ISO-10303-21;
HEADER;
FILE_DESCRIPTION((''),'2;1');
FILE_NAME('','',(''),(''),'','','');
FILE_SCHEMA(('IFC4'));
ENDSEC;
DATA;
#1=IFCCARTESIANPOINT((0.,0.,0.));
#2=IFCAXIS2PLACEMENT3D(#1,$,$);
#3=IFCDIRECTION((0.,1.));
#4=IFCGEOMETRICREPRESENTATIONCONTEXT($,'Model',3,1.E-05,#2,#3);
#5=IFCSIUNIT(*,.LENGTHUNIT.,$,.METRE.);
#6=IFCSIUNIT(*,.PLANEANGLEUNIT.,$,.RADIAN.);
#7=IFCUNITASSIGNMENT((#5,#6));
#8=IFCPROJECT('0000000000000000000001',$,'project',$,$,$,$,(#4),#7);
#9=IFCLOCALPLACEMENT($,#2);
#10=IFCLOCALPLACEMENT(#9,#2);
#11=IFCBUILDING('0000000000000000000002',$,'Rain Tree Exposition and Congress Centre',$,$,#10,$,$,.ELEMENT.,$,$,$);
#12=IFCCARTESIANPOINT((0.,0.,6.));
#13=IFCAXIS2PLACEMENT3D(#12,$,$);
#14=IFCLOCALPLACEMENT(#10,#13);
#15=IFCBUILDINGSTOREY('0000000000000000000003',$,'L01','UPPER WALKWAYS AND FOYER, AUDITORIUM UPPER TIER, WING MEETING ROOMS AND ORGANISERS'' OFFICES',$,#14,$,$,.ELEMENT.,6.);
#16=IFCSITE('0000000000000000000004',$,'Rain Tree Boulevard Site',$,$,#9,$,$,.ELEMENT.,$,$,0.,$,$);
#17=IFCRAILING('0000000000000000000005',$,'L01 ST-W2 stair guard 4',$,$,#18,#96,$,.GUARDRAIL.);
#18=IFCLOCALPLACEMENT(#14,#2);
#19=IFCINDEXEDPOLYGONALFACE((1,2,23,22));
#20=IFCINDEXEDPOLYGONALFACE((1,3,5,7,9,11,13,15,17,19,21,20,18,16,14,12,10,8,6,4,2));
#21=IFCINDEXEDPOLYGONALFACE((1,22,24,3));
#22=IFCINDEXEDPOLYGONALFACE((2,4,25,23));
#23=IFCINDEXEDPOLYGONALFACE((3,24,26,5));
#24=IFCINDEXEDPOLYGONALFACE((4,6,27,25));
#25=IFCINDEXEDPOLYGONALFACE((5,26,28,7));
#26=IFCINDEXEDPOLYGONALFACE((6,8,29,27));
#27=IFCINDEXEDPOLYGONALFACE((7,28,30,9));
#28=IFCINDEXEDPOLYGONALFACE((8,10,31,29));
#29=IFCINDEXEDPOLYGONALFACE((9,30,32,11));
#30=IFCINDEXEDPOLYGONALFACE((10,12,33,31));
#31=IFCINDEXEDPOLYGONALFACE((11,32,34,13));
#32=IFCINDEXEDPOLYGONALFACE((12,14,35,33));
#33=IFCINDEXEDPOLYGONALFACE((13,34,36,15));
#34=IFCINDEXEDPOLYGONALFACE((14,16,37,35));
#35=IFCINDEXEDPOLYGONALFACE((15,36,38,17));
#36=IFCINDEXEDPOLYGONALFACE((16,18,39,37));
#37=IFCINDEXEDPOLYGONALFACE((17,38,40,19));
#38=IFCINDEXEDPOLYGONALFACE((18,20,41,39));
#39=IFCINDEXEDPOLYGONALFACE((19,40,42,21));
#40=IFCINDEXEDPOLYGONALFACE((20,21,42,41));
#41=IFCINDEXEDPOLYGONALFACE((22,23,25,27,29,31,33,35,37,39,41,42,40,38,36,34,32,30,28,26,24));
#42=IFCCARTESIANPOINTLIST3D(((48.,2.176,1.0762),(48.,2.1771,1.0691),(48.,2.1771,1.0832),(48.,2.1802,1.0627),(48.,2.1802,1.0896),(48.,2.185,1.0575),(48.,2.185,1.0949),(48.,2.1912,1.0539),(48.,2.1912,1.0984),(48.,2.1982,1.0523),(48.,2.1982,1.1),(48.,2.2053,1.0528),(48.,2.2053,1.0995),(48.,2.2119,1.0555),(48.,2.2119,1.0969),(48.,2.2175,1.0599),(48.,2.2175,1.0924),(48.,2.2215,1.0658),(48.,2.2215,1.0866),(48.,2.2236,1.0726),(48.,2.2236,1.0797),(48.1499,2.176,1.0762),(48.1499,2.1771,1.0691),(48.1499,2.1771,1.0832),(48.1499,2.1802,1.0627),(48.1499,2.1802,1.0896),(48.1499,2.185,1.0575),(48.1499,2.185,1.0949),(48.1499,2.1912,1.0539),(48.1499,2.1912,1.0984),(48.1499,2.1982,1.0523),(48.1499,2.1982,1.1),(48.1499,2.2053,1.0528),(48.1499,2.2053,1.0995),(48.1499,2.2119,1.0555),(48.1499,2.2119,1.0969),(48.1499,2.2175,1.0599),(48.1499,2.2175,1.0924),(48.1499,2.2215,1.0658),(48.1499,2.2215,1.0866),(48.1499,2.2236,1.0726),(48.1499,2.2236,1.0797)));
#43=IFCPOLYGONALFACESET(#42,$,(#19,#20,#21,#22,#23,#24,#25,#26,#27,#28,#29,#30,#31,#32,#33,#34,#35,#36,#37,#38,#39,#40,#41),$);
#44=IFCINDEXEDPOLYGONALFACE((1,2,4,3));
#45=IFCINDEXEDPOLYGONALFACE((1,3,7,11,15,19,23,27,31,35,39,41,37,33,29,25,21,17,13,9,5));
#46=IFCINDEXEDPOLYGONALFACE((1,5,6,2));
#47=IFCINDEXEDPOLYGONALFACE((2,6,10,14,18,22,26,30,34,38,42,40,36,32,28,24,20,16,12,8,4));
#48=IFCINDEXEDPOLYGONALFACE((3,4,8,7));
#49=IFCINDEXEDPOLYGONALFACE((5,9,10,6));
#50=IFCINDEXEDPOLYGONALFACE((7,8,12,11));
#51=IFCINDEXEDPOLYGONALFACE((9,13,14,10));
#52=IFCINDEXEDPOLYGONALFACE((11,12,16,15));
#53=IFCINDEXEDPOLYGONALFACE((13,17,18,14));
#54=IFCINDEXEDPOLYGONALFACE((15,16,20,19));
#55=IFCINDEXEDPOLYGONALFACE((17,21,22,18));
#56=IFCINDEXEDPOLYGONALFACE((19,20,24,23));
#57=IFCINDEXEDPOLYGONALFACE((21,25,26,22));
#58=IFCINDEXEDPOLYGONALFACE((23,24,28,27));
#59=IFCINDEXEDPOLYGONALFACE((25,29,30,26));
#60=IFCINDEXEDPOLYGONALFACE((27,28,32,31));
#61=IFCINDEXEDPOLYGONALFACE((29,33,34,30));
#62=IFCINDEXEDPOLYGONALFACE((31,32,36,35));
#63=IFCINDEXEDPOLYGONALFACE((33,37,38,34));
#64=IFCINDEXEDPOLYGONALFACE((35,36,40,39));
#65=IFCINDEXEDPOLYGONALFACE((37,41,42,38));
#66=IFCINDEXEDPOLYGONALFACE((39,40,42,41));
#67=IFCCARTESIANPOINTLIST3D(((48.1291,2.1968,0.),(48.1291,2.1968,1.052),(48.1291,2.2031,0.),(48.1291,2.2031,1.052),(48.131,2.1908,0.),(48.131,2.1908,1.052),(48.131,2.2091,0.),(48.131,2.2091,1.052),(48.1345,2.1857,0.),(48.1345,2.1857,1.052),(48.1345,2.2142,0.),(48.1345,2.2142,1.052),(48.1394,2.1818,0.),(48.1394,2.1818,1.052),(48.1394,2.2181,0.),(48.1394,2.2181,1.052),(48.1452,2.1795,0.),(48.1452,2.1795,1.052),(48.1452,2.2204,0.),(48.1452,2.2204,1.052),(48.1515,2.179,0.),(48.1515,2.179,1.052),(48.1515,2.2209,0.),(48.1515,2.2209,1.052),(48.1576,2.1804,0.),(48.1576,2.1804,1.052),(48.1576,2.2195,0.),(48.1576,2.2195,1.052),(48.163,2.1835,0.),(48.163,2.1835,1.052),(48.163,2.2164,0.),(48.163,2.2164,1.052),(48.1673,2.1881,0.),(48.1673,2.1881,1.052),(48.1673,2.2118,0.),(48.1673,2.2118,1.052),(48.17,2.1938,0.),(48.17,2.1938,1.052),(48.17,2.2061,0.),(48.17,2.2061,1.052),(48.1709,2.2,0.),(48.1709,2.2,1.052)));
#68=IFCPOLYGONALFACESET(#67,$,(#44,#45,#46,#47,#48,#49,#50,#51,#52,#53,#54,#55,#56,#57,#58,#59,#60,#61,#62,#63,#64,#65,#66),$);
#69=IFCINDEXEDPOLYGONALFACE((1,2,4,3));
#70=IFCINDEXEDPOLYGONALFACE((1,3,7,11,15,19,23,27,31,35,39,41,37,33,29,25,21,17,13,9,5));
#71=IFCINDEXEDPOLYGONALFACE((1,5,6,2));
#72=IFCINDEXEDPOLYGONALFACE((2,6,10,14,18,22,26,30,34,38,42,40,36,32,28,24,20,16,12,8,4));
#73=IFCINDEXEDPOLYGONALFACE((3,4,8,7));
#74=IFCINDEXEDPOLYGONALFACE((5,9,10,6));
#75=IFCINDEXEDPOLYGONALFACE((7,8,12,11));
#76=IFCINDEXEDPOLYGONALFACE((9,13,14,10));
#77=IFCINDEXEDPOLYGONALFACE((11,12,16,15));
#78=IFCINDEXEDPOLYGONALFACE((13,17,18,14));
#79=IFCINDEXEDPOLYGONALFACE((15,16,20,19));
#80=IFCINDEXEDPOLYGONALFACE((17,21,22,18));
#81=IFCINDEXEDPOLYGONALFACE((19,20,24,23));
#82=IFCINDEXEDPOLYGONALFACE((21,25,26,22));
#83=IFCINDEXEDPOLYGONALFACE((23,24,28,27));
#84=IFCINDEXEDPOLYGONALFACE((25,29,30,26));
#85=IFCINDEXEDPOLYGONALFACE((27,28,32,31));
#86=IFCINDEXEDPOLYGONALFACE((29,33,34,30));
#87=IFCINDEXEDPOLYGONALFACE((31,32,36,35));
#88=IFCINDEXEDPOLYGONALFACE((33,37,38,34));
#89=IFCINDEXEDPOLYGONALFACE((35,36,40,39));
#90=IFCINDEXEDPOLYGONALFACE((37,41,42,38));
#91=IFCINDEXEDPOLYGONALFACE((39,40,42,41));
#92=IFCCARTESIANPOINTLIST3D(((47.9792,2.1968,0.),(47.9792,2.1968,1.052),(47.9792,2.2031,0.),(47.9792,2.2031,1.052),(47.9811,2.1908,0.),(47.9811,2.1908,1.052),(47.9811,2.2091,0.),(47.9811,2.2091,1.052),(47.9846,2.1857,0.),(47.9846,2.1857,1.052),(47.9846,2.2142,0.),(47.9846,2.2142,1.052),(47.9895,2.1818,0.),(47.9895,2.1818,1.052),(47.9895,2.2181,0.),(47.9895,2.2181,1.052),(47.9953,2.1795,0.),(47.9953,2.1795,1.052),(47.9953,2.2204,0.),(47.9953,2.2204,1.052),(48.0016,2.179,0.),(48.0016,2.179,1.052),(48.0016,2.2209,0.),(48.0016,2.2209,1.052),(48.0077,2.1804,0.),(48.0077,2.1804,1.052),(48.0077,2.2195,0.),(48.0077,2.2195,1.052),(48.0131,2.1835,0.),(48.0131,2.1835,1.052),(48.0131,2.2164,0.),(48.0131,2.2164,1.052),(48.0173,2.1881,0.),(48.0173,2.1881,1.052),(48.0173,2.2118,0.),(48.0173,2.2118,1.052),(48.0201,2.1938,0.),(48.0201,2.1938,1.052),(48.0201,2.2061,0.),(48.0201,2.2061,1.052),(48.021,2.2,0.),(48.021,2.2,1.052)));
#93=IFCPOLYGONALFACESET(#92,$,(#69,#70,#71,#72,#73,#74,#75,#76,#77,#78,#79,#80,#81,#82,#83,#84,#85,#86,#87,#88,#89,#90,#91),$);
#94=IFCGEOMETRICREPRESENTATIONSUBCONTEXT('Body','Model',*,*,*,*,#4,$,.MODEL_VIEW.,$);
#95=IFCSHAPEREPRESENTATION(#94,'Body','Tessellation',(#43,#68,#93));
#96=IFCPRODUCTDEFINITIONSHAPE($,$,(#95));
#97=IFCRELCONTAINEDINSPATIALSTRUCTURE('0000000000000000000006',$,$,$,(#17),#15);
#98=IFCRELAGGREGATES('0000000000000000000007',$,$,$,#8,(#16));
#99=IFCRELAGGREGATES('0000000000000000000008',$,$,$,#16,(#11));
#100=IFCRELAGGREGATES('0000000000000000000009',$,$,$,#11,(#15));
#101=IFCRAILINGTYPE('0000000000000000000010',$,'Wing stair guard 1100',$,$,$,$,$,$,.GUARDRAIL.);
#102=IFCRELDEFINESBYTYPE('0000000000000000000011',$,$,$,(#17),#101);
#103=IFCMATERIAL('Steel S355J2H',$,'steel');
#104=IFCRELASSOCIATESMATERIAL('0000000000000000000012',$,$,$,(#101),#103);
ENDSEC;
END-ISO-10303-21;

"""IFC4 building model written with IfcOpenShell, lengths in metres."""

from ifc_helpers import new_model, si_unit, direction, frame, origin, origin_2d, place, context, subcontext, project, spatial, circle, extrude, material, type_object, element, save


model = new_model("IFC4")

# Units and contexts
model_context = context("Model", 3, precision=1e-05, world=origin(), true_north=direction((0.0, 1.0)))
body_context = subcontext(model_context, "Body", "Model", "MODEL_VIEW")
ifc_project = project(units=[si_unit("LENGTHUNIT", "METRE"), si_unit("PLANEANGLEUNIT", "RADIAN")], contexts=[model_context])

# Site, building, storey
site_placement = place(None, origin())
site = spatial("IfcSite", under=ifc_project, at=site_placement, Name="Rain Tree Boulevard Site", CompositionType="ELEMENT", RefElevation=0.0)
building_placement = place(site_placement, origin())
building = spatial("IfcBuilding", under=site, at=building_placement, Name="Rain Tree Exposition and Congress Centre", CompositionType="ELEMENT")
storey_placement = place(building_placement, frame((0.0, 0.0, 6.0)))
storey = spatial("IfcBuildingStorey", under=building, at=storey_placement, Name="L01", Description="UPPER WALKWAYS AND FOYER, AUDITORIUM UPPER TIER, WING MEETING ROOMS AND ORGANISERS' OFFICES", CompositionType="ELEMENT", Elevation=6.0)

# Railing
ifc_material_1 = material(Name="Steel S355J2H", Category="steel")
railing_type_1 = type_object("IfcRailingType", Name="Wing stair guard 1100", PredefinedType="GUARDRAIL", material=ifc_material_1)
railing_1_placement = place(storey_placement, frame((48.1499, 2.2, 0.0)))
element("IfcRailing", 1, at=railing_1_placement, inside=storey, type_object=railing_type_1, Name="L01 ST-W2 stair guard 4", PredefinedType="GUARDRAIL", context=body_context, shape_type="SweptSolid", body=[
    extrude(circle(Radius=0.0239, at=origin_2d()), frame((0.0, 0.0, 1.0762), z_axis=(-1.0, 0.0, 0.0), x_axis=(0.0, -1.0, 0.0)), (0.0, 0.0, 1.0), 0.1499),
    extrude(circle(Radius=0.021, at=origin_2d()), origin(), (0.0, 0.0, 1.0), 1.052),
    extrude(circle(Radius=0.021, at=origin_2d()), frame((-0.1499, 0.0, 0.0)), (0.0, 0.0, 1.0), 1.052),
])

save(model, "model.ifc")
